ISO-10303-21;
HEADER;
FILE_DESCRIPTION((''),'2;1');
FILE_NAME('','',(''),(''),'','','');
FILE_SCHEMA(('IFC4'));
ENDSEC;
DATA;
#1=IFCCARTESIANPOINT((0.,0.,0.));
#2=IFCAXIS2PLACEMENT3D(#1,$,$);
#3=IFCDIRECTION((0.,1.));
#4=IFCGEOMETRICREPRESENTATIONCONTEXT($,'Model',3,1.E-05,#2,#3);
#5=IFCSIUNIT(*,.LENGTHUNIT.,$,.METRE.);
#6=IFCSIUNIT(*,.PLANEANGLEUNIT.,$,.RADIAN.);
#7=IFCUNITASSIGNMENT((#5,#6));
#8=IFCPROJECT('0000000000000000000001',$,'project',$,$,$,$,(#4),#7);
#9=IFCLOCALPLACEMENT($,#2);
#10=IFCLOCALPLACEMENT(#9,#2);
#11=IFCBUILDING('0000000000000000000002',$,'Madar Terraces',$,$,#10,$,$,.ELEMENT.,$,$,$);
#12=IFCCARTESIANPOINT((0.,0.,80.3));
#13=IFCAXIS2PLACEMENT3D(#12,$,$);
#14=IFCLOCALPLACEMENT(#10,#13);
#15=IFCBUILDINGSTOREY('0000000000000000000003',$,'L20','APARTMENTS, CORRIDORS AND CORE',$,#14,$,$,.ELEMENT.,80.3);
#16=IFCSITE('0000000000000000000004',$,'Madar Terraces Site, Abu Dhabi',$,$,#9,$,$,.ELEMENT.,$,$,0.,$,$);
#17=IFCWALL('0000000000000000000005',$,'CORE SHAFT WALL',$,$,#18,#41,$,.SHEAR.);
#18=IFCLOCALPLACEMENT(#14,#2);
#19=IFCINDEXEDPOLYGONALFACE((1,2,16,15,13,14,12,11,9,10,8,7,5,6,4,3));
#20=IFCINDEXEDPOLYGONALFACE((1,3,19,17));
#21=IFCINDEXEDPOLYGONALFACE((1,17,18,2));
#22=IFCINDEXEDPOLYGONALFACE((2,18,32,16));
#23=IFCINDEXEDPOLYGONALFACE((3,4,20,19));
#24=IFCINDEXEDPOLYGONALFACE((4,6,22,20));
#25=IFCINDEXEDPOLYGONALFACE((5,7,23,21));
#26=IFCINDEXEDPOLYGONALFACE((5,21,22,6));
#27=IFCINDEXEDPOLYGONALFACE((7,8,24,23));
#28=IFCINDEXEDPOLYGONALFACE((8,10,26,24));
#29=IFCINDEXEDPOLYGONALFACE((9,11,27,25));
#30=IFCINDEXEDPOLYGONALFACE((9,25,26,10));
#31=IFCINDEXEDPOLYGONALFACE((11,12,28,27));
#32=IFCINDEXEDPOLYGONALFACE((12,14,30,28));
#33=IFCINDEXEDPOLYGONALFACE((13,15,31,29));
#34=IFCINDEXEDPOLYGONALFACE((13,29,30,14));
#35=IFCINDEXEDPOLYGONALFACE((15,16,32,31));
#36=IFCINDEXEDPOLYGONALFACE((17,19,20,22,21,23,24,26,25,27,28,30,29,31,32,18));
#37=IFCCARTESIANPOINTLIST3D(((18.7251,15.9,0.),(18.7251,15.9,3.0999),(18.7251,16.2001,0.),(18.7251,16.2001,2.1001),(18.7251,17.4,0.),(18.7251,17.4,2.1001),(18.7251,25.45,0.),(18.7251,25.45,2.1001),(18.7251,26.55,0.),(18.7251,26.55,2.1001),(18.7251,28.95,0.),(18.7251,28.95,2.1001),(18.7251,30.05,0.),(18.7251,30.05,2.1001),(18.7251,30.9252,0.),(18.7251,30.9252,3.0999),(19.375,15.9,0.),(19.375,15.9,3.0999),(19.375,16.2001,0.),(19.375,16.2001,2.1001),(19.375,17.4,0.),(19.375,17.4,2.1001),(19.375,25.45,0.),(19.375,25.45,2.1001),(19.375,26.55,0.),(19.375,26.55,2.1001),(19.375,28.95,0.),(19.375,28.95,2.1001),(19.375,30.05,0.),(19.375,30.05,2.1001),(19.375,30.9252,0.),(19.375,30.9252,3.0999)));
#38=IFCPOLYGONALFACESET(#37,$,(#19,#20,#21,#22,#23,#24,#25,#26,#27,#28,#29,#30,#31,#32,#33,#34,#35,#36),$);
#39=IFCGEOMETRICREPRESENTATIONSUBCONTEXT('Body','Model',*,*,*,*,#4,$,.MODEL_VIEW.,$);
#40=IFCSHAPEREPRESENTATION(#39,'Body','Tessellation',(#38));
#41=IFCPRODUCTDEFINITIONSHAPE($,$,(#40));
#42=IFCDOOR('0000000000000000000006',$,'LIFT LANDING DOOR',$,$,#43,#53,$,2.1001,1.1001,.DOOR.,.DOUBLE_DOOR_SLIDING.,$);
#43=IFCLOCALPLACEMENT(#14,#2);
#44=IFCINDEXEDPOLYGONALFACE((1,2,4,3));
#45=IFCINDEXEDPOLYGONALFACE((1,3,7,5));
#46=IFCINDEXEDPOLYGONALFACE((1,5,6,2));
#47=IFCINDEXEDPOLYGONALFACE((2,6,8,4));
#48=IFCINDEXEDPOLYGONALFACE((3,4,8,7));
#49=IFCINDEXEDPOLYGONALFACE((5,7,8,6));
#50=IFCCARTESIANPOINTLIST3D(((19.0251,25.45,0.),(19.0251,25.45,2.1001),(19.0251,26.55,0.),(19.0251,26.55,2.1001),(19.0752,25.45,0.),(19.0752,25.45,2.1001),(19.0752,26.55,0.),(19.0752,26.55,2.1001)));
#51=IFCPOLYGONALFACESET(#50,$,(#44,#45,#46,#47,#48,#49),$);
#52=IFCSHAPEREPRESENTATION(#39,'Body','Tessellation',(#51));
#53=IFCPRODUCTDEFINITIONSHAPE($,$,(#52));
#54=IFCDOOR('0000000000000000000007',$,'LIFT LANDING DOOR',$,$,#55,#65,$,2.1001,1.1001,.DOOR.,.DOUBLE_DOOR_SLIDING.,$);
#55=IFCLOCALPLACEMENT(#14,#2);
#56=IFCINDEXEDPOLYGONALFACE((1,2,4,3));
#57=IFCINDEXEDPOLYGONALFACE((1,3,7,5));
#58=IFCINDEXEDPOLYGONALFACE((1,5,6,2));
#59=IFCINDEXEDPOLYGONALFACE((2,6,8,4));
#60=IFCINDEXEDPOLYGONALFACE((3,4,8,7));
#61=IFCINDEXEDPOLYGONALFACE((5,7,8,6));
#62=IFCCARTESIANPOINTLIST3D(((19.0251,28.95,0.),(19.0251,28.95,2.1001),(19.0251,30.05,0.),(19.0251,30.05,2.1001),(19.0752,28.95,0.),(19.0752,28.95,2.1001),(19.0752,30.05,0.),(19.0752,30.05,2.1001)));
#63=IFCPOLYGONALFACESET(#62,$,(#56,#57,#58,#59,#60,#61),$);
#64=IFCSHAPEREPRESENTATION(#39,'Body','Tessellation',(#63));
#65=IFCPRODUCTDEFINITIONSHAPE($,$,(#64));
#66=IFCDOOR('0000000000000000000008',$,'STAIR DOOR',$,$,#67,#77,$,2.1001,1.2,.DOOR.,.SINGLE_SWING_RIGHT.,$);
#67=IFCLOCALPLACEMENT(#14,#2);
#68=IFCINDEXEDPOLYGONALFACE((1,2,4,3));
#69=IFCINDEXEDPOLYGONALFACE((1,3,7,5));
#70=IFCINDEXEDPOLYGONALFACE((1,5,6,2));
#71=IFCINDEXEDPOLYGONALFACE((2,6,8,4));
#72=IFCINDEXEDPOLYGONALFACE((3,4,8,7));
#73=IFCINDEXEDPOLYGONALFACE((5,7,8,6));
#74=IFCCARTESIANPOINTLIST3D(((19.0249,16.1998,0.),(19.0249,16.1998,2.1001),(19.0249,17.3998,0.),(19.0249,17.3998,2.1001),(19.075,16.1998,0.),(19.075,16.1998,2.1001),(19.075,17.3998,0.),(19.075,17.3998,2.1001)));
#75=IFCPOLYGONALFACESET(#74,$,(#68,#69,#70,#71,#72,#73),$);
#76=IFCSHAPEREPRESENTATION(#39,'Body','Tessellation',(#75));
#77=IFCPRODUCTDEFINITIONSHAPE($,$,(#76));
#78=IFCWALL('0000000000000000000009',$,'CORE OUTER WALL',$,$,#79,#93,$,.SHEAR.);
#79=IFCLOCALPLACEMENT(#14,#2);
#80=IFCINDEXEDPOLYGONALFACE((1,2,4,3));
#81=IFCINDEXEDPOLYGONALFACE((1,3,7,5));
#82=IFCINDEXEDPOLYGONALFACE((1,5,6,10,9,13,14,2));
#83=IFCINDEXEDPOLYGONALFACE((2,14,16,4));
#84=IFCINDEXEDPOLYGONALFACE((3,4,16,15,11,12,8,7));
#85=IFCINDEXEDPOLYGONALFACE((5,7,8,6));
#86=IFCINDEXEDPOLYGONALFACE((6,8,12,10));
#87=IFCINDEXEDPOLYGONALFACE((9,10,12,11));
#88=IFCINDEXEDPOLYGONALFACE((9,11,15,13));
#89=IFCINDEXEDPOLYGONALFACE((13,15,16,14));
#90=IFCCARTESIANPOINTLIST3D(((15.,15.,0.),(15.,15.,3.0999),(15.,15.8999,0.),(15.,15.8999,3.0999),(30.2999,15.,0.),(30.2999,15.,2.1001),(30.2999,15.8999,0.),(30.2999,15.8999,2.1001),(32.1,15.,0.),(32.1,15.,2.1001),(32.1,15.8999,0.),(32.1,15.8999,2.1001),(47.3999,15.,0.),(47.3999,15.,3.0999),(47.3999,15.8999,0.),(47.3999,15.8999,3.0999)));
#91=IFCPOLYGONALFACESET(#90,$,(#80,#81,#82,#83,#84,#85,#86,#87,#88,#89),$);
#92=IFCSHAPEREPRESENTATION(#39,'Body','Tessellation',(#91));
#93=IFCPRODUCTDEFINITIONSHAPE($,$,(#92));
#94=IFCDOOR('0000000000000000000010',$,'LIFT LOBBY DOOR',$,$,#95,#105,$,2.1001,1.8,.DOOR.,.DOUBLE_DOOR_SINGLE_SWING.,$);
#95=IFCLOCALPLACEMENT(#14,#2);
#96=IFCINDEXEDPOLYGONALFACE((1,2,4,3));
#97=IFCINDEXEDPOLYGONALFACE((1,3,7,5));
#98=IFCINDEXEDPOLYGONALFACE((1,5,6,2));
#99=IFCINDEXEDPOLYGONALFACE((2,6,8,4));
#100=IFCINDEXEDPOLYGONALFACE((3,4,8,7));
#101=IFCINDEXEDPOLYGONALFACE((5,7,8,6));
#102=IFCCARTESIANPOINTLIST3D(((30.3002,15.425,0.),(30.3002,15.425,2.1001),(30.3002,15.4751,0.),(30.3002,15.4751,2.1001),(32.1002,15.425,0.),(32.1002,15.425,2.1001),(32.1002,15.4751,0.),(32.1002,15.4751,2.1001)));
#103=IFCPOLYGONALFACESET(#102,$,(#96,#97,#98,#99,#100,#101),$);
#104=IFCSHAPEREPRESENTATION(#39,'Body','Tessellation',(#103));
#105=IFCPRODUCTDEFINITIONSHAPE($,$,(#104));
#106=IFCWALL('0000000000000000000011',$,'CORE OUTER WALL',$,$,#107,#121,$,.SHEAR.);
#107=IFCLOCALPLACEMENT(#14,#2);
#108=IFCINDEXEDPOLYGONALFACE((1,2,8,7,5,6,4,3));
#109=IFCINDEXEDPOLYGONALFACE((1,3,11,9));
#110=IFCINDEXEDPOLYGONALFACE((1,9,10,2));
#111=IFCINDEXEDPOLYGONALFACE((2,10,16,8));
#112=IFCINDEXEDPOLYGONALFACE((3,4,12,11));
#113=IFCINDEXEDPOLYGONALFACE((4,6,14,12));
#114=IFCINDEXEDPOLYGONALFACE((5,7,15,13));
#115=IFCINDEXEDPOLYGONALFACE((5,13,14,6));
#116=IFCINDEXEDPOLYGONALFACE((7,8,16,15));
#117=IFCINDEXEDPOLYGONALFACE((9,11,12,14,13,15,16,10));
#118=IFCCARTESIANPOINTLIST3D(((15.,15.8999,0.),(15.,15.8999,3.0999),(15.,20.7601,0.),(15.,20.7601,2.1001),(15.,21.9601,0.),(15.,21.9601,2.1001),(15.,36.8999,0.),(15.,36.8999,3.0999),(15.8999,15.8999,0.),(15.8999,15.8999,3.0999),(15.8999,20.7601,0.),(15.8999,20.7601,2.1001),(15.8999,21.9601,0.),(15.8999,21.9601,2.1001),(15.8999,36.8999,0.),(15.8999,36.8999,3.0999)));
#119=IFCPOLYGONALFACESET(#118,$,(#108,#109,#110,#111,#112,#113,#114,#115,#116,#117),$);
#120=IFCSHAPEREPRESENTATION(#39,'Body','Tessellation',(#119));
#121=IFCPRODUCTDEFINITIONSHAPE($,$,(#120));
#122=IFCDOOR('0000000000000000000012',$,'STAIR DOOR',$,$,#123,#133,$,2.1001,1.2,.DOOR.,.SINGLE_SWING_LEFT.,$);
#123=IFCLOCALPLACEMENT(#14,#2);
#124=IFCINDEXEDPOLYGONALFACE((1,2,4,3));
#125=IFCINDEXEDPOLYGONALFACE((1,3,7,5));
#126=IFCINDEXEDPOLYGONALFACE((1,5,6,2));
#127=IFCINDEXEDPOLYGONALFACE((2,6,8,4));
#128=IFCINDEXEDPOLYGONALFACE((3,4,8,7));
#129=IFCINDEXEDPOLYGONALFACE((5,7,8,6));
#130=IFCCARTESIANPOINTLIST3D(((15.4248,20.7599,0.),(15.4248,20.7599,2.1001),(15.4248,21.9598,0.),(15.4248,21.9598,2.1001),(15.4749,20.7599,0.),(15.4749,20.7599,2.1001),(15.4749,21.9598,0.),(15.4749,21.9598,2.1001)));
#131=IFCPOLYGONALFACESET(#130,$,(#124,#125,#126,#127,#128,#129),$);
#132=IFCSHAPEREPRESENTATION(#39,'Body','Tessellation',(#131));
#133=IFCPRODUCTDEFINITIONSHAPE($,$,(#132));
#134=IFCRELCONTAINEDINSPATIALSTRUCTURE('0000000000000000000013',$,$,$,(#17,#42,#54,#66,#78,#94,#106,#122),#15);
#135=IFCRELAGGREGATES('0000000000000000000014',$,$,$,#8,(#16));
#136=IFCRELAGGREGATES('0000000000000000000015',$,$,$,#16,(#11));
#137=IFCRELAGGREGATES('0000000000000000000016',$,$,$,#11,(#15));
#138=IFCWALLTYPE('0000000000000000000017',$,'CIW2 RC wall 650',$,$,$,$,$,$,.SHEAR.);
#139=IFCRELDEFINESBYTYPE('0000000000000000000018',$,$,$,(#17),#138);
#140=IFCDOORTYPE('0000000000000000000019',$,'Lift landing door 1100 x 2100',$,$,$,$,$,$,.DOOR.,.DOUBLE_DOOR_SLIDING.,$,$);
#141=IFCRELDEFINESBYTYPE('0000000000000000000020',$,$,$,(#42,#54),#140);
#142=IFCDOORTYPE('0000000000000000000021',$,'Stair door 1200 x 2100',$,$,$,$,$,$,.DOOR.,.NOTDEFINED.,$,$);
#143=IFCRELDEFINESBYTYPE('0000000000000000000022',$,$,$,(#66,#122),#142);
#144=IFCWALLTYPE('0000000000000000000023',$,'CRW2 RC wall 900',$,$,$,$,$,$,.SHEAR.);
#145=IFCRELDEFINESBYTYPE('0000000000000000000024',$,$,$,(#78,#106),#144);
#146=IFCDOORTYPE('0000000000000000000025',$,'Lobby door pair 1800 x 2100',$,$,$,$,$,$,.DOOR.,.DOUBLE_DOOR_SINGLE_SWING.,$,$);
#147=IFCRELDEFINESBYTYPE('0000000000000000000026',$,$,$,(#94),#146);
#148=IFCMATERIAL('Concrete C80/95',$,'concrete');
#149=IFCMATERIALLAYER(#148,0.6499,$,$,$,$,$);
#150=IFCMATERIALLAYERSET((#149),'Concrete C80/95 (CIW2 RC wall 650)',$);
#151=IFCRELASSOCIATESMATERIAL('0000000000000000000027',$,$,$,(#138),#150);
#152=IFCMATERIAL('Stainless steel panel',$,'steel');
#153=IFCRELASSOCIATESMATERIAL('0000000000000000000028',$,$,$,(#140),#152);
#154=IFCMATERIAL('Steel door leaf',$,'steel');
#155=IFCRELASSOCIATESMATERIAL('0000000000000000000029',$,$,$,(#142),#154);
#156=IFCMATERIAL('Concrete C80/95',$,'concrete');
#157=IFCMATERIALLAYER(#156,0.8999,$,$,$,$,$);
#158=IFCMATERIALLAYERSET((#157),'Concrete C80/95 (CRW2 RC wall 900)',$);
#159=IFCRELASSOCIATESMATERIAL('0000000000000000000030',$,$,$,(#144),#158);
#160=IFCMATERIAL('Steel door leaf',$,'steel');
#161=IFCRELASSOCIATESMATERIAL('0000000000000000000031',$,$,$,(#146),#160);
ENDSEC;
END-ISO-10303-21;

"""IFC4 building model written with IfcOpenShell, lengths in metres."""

from ifc_helpers import new_model, si_unit, direction, frame, frame_2d, origin, place, context, subcontext, project, spatial, rectangle, extrude, material, layer, layer_set, type_object, element, fill, save


model = new_model("IFC4")

# Units and contexts
model_context = context("Model", 3, precision=1e-05, world=origin(), true_north=direction((0.0, 1.0)))
body_context = subcontext(model_context, "Body", "Model", "MODEL_VIEW")
ifc_project = project(units=[si_unit("LENGTHUNIT", "METRE"), si_unit("PLANEANGLEUNIT", "RADIAN")], contexts=[model_context])

# Site, building, storey
site_placement = place(None, origin())
site = spatial("IfcSite", under=ifc_project, at=site_placement, Name="Madar Terraces Site, Abu Dhabi", CompositionType="ELEMENT", RefElevation=0.0)
building_placement = place(site_placement, origin())
building = spatial("IfcBuilding", under=site, at=building_placement, Name="Madar Terraces", CompositionType="ELEMENT")
storey_placement = place(building_placement, frame((0.0, 0.0, 80.3)))
storey = spatial("IfcBuildingStorey", under=building, at=storey_placement, Name="L20", Description="APARTMENTS, CORRIDORS AND CORE", CompositionType="ELEMENT", Elevation=80.3)

# Wall, openings, doors
ifc_material_1 = material(Name="Concrete C80/95", Category="concrete")
ifc_layer_1 = layer(ifc_material_1, 0.6499)
ifc_layer_set_1 = layer_set([ifc_layer_1], Name="Concrete C80/95 (CIW2 RC wall 650)")
wall_type_1 = type_object("IfcWallType", Name="CIW2 RC wall 650", PredefinedType="SHEAR", material=ifc_layer_set_1)
wall_1_placement = place(storey_placement, frame((19.05, 15.8999, 0.0), z_axis=(0.0, 0.0, 1.0), x_axis=(0.0, 1.0, 0.0)))
wall_1 = element("IfcWall", 1, at=wall_1_placement, inside=storey, type_object=wall_type_1, Name="CORE SHAFT WALL", PredefinedType="SHEAR", context=body_context, shape_type="SweptSolid", body=[
    extrude(rectangle(XDim=15.0251, YDim=0.6499, at=frame_2d((7.5127, 0.0))), origin(), (0.0, 0.0, 1.0), 3.0999),
])
opening_1_placement = place(wall_1_placement, frame((9.55, 0.0, 0.0)))
opening_1 = element("IfcOpeningElement", 2, at=opening_1_placement, cuts=wall_1, PredefinedType="OPENING", context=body_context, shape_type="SweptSolid", body=[
    extrude(rectangle(XDim=1.1001, YDim=2.1001, at=frame_2d((0.55, 1.05))), frame((0.0, 0.335, 0.0), z_axis=(0.0, -1.0, 0.0), x_axis=(1.0, 0.0, 0.0)), (0.0, 0.0, 1.0), 0.6699),
])
opening_2_placement = place(wall_1_placement, frame((13.05, 0.0, 0.0)))
opening_2 = element("IfcOpeningElement", 3, at=opening_2_placement, cuts=wall_1, PredefinedType="OPENING", context=body_context, shape_type="SweptSolid", body=[
    extrude(rectangle(XDim=1.1001, YDim=2.1001, at=frame_2d((0.55, 1.05))), frame((0.0, 0.335, 0.0), z_axis=(0.0, -1.0, 0.0), x_axis=(1.0, 0.0, 0.0)), (0.0, 0.0, 1.0), 0.6699),
])
opening_3_placement = place(wall_1_placement, frame((0.3, 0.0, 0.0)))
opening_3 = element("IfcOpeningElement", 4, at=opening_3_placement, cuts=wall_1, PredefinedType="OPENING", context=body_context, shape_type="SweptSolid", body=[
    extrude(rectangle(XDim=1.2, YDim=2.1001, at=frame_2d((0.6001, 1.05))), frame((0.0, 0.335, 0.0), z_axis=(0.0, -1.0, 0.0), x_axis=(1.0, 0.0, 0.0)), (0.0, 0.0, 1.0), 0.6699),
])
ifc_material_2 = material(Name="Stainless steel panel", Category="steel")
door_type_1 = type_object("IfcDoorType", Name="Lift landing door 1100 x 2100", OperationType="DOUBLE_DOOR_SLIDING", PredefinedType="DOOR", material=ifc_material_2)
door_1_placement = place(opening_1_placement, origin())
door_1 = element("IfcDoor", 5, at=door_1_placement, inside=storey, type_object=door_type_1, Name="LIFT LANDING DOOR", OperationType="DOUBLE_DOOR_SLIDING", OverallHeight=2.1001, OverallWidth=1.1001, PredefinedType="DOOR", context=body_context, shape_type="SweptSolid", body=[
    extrude(rectangle(XDim=1.1001, YDim=2.1001, at=frame_2d((0.55, 1.05))), frame((0.0, 0.0249, 0.0), z_axis=(0.0, -1.0, 0.0), x_axis=(1.0, 0.0, 0.0)), (0.0, 0.0, 1.0), 0.05),
])
fill(opening_1, door_1)
door_2_placement = place(opening_2_placement, origin())
door_2 = element("IfcDoor", 6, at=door_2_placement, inside=storey, type_object=door_type_1, Name="LIFT LANDING DOOR", OperationType="DOUBLE_DOOR_SLIDING", OverallHeight=2.1001, OverallWidth=1.1001, PredefinedType="DOOR", context=body_context, shape_type="SweptSolid", body=[
    extrude(rectangle(XDim=1.1001, YDim=2.1001, at=frame_2d((0.55, 1.05))), frame((0.0, 0.0249, 0.0), z_axis=(0.0, -1.0, 0.0), x_axis=(1.0, 0.0, 0.0)), (0.0, 0.0, 1.0), 0.05),
])
fill(opening_2, door_2)
ifc_material_3 = material(Name="Steel door leaf", Category="steel")
door_type_2 = type_object("IfcDoorType", Name="Stair door 1200 x 2100", OperationType="NOTDEFINED", PredefinedType="DOOR", material=ifc_material_3)
door_3_placement = place(opening_3_placement, frame((1.2, 0.0, 0.0), z_axis=(0.0, 0.0, 1.0), x_axis=(-1.0, 0.0, 0.0)))
door_3 = element("IfcDoor", 7, at=door_3_placement, inside=storey, type_object=door_type_2, Name="STAIR DOOR", OperationType="SINGLE_SWING_RIGHT", OverallHeight=2.1001, OverallWidth=1.2, PredefinedType="DOOR", context=body_context, shape_type="SweptSolid", body=[
    extrude(rectangle(XDim=1.2, YDim=2.1001, at=frame_2d((0.6001, 1.05))), frame((0.0, 0.0249, 0.0), z_axis=(0.0, -1.0, 0.0), x_axis=(1.0, 0.0, 0.0)), (0.0, 0.0, 1.0), 0.05),
])
fill(opening_3, door_3)

# Walls, openings, doors
ifc_material_4 = material(Name="Concrete C80/95", Category="concrete")
ifc_layer_2 = layer(ifc_material_4, 0.8999)
ifc_layer_set_2 = layer_set([ifc_layer_2], Name="Concrete C80/95 (CRW2 RC wall 900)")
wall_type_2 = type_object("IfcWallType", Name="CRW2 RC wall 900", PredefinedType="SHEAR", material=ifc_layer_set_2)
wall_2_placement = place(storey_placement, frame((15.0, 15.45, 0.0), z_axis=(0.0, 0.0, 1.0), x_axis=(1.0, 0.0, 0.0)))
wall_2 = element("IfcWall", 8, at=wall_2_placement, inside=storey, type_object=wall_type_2, Name="CORE OUTER WALL", PredefinedType="SHEAR", context=body_context, shape_type="SweptSolid", body=[
    extrude(rectangle(XDim=32.3999, YDim=0.8999, at=frame_2d((16.2, 0.0))), origin(), (0.0, 0.0, 1.0), 3.0999),
])
opening_4_placement = place(wall_2_placement, frame((15.3, 0.0, 0.0)))
opening_4 = element("IfcOpeningElement", 9, at=opening_4_placement, cuts=wall_2, PredefinedType="OPENING", context=body_context, shape_type="SweptSolid", body=[
    extrude(rectangle(XDim=1.8, YDim=2.1001, at=frame_2d((0.8999, 1.05))), frame((0.0, 0.46, 0.0), z_axis=(0.0, -1.0, 0.0), x_axis=(1.0, 0.0, 0.0)), (0.0, 0.0, 1.0), 0.9199),
])
ifc_material_5 = material(Name="Steel door leaf", Category="steel")
door_type_3 = type_object("IfcDoorType", Name="Lobby door pair 1800 x 2100", OperationType="DOUBLE_DOOR_SINGLE_SWING", PredefinedType="DOOR", material=ifc_material_5)
door_4_placement = place(opening_4_placement, frame((1.8, 0.0, 0.0), z_axis=(0.0, 0.0, 1.0), x_axis=(-1.0, 0.0, 0.0)))
door_4 = element("IfcDoor", 10, at=door_4_placement, inside=storey, type_object=door_type_3, Name="LIFT LOBBY DOOR", OperationType="DOUBLE_DOOR_SINGLE_SWING", OverallHeight=2.1001, OverallWidth=1.8, PredefinedType="DOOR", context=body_context, shape_type="SweptSolid", body=[
    extrude(rectangle(XDim=1.8, YDim=2.1001, at=frame_2d((0.8999, 1.05))), frame((0.0, 0.0249, 0.0), z_axis=(0.0, -1.0, 0.0), x_axis=(1.0, 0.0, 0.0)), (0.0, 0.0, 1.0), 0.05),
])
fill(opening_4, door_4)
wall_3_placement = place(storey_placement, frame((15.45, 15.8999, 0.0), z_axis=(0.0, 0.0, 1.0), x_axis=(0.0, 1.0, 0.0)))
wall_3 = element("IfcWall", 11, at=wall_3_placement, inside=storey, type_object=wall_type_2, Name="CORE OUTER WALL", PredefinedType="SHEAR", context=body_context, shape_type="SweptSolid", body=[
    extrude(rectangle(XDim=21.0, YDim=0.8999, at=frame_2d((10.5, 0.0))), origin(), (0.0, 0.0, 1.0), 3.0999),
])
opening_5_placement = place(wall_3_placement, frame((4.8601, 0.0, 0.0)))
opening_5 = element("IfcOpeningElement", 12, at=opening_5_placement, cuts=wall_3, PredefinedType="OPENING", context=body_context, shape_type="SweptSolid", body=[
    extrude(rectangle(XDim=1.2, YDim=2.1001, at=frame_2d((0.6001, 1.05))), frame((0.0, 0.46, 0.0), z_axis=(0.0, -1.0, 0.0), x_axis=(1.0, 0.0, 0.0)), (0.0, 0.0, 1.0), 0.9199),
])
door_5_placement = place(opening_5_placement, frame((1.2, 0.0, 0.0), z_axis=(0.0, 0.0, 1.0), x_axis=(-1.0, 0.0, 0.0)))
door_5 = element("IfcDoor", 13, at=door_5_placement, inside=storey, type_object=door_type_2, Name="STAIR DOOR", OperationType="SINGLE_SWING_LEFT", OverallHeight=2.1001, OverallWidth=1.2, PredefinedType="DOOR", context=body_context, shape_type="SweptSolid", body=[
    extrude(rectangle(XDim=1.2, YDim=2.1001, at=frame_2d((0.6001, 1.05))), frame((0.0, 0.0249, 0.0), z_axis=(0.0, -1.0, 0.0), x_axis=(1.0, 0.0, 0.0)), (0.0, 0.0, 1.0), 0.05),
])
fill(opening_5, door_5)

save(model, "model.ifc")
